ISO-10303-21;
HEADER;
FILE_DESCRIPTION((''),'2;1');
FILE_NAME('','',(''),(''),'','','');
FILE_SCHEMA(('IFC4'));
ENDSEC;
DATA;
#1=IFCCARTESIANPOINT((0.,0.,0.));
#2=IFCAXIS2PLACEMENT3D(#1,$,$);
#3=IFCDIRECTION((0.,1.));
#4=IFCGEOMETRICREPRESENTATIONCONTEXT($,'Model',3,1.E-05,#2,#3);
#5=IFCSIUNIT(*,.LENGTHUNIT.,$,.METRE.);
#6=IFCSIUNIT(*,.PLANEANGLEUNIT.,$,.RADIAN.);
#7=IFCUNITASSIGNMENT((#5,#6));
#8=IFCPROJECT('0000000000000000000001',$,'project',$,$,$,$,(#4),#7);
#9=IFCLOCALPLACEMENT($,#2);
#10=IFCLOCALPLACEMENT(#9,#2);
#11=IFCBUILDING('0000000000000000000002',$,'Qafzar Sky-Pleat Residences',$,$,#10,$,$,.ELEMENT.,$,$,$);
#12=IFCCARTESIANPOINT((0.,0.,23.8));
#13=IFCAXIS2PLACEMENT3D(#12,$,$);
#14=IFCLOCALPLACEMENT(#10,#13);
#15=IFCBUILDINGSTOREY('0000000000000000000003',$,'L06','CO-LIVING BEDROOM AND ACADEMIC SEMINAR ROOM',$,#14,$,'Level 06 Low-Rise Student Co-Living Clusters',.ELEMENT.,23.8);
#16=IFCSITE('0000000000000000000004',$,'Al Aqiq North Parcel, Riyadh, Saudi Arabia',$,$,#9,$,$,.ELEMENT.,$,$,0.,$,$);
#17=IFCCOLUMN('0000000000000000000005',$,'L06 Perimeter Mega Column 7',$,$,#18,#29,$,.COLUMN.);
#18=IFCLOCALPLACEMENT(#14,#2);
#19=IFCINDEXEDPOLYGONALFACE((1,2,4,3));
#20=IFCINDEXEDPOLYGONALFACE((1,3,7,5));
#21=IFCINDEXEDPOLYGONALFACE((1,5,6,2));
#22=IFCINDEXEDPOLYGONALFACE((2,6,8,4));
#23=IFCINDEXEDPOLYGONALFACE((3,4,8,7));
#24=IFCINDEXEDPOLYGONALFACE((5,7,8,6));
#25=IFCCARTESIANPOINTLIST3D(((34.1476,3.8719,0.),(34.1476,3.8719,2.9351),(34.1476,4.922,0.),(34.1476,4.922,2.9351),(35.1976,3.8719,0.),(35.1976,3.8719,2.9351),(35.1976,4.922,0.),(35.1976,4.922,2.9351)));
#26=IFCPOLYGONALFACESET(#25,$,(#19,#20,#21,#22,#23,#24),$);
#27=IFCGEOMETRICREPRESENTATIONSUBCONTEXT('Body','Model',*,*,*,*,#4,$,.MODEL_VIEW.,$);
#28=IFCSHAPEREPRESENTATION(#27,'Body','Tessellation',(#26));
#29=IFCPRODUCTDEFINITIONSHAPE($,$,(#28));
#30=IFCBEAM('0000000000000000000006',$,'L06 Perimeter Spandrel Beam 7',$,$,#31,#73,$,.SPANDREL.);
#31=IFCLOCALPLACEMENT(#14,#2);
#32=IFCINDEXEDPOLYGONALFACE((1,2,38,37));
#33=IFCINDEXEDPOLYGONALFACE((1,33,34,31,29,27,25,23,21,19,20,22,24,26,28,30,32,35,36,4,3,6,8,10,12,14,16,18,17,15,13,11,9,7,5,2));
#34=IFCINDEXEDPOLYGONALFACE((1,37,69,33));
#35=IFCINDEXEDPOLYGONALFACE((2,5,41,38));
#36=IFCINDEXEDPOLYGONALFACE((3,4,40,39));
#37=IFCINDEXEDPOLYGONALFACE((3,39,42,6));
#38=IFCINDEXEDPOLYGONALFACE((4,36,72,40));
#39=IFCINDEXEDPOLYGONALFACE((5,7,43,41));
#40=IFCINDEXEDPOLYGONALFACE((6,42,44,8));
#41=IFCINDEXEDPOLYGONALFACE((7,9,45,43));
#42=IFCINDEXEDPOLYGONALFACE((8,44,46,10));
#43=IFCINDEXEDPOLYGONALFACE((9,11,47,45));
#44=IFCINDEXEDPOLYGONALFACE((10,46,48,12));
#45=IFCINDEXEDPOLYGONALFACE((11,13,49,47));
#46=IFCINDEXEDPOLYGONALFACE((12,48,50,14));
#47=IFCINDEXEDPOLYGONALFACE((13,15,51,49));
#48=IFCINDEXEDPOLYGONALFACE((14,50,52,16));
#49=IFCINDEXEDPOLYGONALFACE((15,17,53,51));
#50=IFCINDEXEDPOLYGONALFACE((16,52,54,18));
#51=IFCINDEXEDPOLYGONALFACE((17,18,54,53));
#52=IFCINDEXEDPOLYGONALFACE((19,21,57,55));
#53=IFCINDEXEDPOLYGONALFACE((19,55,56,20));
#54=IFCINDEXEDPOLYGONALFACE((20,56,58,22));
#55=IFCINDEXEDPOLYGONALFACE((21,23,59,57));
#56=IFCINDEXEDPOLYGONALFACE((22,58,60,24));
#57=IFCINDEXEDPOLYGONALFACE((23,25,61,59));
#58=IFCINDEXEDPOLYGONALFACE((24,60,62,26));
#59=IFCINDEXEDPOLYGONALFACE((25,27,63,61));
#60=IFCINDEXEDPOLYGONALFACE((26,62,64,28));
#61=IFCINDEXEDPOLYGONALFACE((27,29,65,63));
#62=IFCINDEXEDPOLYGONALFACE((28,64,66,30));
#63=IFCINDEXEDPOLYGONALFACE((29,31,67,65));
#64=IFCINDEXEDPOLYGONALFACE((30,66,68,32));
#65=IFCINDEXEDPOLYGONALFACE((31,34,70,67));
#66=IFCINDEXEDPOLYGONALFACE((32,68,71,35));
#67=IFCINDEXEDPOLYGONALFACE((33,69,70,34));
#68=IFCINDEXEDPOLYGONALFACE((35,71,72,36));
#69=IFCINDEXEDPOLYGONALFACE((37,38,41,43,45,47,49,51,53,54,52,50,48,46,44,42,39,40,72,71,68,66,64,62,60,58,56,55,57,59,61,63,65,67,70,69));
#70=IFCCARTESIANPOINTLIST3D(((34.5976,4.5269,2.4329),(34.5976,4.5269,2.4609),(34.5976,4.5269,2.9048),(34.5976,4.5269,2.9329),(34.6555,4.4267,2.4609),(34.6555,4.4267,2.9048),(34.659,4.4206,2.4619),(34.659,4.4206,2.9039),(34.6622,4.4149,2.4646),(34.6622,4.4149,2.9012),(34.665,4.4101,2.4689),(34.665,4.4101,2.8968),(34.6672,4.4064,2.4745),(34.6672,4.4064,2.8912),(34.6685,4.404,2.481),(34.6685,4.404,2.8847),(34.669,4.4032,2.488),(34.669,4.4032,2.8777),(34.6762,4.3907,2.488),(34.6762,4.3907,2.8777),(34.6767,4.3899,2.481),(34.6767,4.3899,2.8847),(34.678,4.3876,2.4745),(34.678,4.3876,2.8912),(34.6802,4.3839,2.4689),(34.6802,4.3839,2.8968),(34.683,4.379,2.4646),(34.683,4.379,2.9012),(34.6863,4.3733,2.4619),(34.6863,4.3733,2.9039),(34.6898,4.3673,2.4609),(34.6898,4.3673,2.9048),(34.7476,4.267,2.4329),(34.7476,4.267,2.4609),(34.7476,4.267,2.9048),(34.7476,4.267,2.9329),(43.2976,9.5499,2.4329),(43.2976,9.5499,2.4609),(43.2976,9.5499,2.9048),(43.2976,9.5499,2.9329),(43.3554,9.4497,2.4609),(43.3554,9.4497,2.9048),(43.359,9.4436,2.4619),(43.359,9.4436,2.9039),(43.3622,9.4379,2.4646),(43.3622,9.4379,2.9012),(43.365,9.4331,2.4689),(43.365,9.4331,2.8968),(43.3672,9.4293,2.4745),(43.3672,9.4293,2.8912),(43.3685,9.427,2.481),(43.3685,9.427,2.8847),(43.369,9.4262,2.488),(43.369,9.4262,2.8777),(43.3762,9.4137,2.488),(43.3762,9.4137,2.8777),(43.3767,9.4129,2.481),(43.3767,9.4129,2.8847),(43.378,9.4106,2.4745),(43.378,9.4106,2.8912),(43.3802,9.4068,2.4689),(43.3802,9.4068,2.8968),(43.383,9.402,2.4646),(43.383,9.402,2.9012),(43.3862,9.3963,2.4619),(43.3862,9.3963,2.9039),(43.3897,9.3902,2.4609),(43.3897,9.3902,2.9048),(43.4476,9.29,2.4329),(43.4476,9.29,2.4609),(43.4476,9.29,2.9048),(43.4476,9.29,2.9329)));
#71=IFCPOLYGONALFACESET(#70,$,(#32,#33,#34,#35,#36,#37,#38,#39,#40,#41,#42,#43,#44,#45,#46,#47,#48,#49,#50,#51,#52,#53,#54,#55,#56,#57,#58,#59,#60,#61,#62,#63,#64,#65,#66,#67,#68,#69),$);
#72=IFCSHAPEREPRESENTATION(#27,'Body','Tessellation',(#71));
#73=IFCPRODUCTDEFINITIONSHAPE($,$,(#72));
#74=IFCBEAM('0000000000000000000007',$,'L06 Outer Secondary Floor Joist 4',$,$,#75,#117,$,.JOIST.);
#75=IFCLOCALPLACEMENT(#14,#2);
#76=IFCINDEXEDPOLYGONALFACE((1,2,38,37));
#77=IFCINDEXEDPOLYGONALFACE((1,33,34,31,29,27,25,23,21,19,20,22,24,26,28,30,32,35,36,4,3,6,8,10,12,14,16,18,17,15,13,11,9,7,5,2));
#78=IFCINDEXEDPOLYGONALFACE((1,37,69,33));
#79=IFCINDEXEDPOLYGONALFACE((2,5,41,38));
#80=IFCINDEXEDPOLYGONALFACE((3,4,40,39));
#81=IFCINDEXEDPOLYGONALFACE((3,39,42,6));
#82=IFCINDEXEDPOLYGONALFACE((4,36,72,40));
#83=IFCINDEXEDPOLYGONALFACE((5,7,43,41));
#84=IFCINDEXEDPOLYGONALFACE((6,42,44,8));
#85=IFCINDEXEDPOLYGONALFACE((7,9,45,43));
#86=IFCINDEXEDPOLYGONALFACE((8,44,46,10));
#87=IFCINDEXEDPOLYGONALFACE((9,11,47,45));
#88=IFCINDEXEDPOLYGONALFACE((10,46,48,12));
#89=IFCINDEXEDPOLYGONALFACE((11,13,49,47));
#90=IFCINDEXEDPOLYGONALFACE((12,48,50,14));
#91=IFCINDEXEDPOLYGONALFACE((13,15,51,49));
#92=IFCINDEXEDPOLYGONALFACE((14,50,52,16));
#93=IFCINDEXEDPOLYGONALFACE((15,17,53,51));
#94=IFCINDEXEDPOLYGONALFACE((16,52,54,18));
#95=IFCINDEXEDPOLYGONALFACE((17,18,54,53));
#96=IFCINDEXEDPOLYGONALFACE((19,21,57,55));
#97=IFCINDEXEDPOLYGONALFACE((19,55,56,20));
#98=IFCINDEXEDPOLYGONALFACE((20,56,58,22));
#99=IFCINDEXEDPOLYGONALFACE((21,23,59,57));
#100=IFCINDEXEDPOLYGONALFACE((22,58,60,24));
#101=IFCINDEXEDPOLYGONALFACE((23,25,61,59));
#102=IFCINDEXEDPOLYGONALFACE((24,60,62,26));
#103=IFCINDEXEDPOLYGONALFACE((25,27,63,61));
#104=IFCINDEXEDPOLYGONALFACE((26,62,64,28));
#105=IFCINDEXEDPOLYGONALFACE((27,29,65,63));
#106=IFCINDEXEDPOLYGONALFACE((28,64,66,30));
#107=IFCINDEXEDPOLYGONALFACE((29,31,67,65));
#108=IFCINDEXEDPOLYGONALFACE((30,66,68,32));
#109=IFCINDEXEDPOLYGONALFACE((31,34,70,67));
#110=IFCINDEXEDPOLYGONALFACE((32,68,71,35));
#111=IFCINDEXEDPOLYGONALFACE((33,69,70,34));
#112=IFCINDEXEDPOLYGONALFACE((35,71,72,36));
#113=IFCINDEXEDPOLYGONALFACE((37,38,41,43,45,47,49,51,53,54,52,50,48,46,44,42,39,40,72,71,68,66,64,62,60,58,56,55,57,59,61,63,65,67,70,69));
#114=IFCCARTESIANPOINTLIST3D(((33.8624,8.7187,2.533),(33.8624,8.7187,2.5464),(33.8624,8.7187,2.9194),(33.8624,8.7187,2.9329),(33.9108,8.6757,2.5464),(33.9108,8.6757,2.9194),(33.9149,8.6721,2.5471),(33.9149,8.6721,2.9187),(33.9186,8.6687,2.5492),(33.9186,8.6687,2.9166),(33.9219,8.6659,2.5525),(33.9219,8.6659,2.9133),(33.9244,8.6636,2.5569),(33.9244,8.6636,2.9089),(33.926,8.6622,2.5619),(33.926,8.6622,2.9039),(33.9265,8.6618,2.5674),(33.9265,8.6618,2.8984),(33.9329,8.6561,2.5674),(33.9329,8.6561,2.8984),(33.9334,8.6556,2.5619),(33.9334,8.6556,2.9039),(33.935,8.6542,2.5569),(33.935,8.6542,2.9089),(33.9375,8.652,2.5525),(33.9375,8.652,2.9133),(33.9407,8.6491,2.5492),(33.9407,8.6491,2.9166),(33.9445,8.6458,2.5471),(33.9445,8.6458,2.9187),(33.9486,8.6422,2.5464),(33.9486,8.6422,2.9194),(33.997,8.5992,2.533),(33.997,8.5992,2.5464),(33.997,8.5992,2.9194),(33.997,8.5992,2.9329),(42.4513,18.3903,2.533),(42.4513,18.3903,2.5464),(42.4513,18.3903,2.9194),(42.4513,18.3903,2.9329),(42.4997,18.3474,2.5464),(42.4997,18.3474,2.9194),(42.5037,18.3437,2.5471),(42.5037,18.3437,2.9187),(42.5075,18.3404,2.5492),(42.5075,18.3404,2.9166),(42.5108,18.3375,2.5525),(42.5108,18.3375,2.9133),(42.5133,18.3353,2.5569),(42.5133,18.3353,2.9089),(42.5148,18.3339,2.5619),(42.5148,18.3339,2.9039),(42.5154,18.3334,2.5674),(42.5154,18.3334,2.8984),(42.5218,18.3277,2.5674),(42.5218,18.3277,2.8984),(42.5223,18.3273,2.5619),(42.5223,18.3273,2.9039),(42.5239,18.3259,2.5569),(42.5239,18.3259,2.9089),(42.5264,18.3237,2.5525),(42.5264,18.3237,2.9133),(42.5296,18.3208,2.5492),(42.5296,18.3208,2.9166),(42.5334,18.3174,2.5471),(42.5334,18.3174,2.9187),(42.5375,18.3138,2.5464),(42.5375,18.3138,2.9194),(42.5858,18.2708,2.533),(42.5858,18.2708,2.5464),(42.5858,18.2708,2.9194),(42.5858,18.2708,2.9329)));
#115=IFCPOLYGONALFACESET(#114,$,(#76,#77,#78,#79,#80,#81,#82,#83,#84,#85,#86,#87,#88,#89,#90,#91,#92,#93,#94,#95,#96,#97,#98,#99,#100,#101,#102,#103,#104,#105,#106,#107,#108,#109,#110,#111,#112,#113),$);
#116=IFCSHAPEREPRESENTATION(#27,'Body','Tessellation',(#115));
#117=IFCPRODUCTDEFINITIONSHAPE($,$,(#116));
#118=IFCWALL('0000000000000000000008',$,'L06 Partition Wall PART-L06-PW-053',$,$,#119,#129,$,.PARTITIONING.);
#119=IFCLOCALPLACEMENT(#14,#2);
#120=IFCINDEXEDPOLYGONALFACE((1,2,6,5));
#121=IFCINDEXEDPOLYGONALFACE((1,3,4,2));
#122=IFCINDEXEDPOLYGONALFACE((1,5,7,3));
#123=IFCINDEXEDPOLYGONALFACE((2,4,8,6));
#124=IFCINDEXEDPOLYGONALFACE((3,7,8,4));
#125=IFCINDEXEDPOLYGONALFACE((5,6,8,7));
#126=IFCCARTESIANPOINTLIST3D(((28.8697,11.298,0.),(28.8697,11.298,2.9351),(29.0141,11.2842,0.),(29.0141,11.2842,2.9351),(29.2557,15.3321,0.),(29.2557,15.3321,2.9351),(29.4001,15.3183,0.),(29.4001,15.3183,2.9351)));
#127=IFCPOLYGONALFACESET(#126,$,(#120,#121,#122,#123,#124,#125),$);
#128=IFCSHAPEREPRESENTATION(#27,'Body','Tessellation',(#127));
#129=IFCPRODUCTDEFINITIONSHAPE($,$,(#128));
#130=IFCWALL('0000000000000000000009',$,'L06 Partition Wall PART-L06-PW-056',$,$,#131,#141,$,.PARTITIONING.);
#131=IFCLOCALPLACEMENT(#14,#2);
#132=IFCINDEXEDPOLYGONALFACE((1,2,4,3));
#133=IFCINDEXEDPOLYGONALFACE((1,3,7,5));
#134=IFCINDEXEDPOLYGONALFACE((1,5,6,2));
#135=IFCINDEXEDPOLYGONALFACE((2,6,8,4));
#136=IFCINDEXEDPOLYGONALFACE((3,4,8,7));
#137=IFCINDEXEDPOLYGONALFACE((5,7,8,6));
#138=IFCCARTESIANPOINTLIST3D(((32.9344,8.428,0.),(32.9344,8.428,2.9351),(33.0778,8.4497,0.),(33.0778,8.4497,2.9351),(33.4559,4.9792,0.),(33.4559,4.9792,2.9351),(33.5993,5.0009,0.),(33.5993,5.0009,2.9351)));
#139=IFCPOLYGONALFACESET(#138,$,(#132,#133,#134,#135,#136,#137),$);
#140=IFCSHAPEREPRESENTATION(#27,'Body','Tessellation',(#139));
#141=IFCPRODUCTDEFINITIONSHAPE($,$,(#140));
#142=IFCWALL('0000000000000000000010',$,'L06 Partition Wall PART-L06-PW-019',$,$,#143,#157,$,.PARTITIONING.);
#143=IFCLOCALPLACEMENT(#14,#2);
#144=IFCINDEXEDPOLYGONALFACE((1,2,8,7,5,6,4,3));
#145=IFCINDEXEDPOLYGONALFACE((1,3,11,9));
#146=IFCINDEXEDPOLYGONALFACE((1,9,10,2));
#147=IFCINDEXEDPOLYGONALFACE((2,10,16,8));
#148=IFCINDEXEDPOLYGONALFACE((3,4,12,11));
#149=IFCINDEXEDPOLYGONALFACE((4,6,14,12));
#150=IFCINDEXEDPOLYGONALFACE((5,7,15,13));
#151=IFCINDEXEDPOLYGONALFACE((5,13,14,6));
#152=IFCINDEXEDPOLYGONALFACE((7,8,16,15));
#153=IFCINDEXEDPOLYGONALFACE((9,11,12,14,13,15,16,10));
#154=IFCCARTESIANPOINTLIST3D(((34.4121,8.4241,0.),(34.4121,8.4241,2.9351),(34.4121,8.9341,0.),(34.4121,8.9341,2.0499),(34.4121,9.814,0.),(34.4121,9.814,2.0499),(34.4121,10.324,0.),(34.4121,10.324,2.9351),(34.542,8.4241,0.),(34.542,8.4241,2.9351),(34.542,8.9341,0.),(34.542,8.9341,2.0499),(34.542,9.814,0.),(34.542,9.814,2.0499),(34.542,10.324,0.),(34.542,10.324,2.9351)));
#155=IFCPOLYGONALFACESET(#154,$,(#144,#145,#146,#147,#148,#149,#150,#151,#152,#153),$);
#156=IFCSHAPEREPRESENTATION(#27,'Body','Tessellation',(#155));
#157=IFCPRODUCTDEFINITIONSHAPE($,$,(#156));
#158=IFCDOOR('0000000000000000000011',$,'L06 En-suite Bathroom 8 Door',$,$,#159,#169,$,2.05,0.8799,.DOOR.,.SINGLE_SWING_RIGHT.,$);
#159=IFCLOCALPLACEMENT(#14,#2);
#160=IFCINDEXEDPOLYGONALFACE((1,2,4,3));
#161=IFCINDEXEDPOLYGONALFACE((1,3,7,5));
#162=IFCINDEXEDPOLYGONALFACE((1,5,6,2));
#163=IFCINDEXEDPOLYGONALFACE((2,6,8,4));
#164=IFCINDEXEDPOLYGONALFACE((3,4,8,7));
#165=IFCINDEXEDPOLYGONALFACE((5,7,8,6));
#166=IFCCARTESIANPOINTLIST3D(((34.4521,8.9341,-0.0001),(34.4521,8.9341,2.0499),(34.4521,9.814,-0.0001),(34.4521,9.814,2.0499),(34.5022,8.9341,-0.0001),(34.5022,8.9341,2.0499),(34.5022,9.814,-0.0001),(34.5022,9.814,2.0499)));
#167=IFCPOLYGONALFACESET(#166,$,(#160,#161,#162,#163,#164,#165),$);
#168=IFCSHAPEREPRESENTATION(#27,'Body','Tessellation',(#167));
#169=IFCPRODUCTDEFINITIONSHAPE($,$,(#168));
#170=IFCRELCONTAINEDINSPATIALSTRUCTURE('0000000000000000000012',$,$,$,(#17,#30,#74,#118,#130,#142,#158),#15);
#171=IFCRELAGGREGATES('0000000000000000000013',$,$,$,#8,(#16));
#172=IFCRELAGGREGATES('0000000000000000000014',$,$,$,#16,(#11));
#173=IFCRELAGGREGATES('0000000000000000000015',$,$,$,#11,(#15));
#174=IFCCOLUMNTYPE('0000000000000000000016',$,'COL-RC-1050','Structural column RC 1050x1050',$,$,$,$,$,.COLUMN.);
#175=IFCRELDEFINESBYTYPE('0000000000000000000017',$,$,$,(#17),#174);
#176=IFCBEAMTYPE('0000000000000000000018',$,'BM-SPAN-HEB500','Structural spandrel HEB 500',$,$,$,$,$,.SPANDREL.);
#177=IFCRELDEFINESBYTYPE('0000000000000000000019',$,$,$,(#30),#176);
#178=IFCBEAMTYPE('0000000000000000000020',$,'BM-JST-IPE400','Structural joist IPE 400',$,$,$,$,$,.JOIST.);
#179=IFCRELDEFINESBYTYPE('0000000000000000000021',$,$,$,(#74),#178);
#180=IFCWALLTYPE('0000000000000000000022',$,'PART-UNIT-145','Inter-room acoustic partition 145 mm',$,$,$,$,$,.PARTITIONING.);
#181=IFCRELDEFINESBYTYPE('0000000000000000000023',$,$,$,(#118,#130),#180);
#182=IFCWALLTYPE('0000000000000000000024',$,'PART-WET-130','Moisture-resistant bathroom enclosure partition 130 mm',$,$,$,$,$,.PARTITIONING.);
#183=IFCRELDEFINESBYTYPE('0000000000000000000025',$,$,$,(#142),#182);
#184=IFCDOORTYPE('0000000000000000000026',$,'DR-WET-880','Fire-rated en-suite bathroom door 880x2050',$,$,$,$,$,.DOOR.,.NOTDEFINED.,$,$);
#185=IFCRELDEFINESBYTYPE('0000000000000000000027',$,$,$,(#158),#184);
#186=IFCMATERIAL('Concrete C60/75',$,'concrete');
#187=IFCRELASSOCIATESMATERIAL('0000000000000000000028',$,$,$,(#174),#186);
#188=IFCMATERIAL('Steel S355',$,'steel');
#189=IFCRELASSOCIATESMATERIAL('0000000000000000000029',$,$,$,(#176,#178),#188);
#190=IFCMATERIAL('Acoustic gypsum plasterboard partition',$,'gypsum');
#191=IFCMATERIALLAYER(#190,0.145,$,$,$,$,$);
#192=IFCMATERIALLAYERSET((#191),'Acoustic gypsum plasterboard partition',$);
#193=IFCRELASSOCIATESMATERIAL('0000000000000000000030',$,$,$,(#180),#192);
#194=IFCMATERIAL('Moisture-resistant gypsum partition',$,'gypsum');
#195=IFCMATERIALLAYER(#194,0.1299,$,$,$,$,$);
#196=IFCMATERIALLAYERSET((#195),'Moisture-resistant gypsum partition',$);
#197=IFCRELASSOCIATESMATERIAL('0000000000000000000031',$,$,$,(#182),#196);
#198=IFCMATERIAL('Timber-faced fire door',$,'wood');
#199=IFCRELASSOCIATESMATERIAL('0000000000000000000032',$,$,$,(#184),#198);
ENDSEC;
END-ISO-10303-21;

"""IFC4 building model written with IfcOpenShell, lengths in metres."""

from ifc_helpers import new_model, si_unit, direction, frame, frame_2d, origin, origin_2d, place, context, subcontext, project, spatial, rectangle, i_section, extrude, source, transform, mapped, material, layer, layer_set, material_profile, profile_set, type_object, element, fill, save


model = new_model("IFC4")

# Units and contexts
model_context = context("Model", 3, precision=1e-05, world=origin(), true_north=direction((0.0, 1.0)))
body_context = subcontext(model_context, "Body", "Model", "MODEL_VIEW")
ifc_project = project(units=[si_unit("LENGTHUNIT", "METRE"), si_unit("PLANEANGLEUNIT", "RADIAN")], contexts=[model_context])

# Site, building, storey
site_placement = place(None, origin())
site = spatial("IfcSite", under=ifc_project, at=site_placement, Name="Al Aqiq North Parcel, Riyadh, Saudi Arabia", CompositionType="ELEMENT", RefElevation=0.0)
building_placement = place(site_placement, origin())
building = spatial("IfcBuilding", under=site, at=building_placement, Name="Qafzar Sky-Pleat Residences", CompositionType="ELEMENT")
storey_placement = place(building_placement, frame((0.0, 0.0, 23.8)))
storey = spatial("IfcBuildingStorey", under=building, at=storey_placement, Name="L06", Description="CO-LIVING BEDROOM AND ACADEMIC SEMINAR ROOM", LongName="Level 06 Low-Rise Student Co-Living Clusters", CompositionType="ELEMENT", Elevation=23.8)

# Column
ifc_material_1 = material(Name="Concrete C60/75", Category="concrete")
ifc_material_profile_1 = material_profile(ifc_material_1, rectangle(XDim=1.05, YDim=1.05, at=origin_2d()), Name="RC 1050x1050")
ifc_profile_set_1 = profile_set([ifc_material_profile_1], Name="Concrete C60/75")
column_type = type_object("IfcColumnType", Name="COL-RC-1050", Description="Structural column RC 1050x1050", PredefinedType="COLUMN", material=ifc_profile_set_1)
shared_shape_1 = source(origin(), body_context, "Body", "SweptSolid", [
    extrude(rectangle(XDim=1.05, YDim=1.05, at=origin_2d()), origin(), (0.0, 0.0, 1.0), 2.9351),
])
column_placement = place(storey_placement, frame((34.6726, 4.397, 0.0), z_axis=(0.0, 0.0, 1.0), x_axis=(1.0, 0.0, 0.0)))
element("IfcColumn", 1, at=column_placement, inside=storey, type_object=column_type, Name="L06 Perimeter Mega Column 7", PredefinedType="COLUMN", context=body_context, shape_type="MappedRepresentation", body=[
    mapped(shared_shape_1, transform((0.0, 0.0, 0.0), x_axis=(1.0, 0.0, 0.0), y_axis=(0.0, 1.0, 0.0), z_axis=(0.0, 0.0, 1.0), scale=1.0)),
])

# Beams
ifc_material_2 = material(Name="Steel S355", Category="steel")
ifc_material_profile_2 = material_profile(ifc_material_2, i_section(OverallWidth=0.3, OverallDepth=0.5, WebThickness=0.0144, FlangeThickness=0.0281, FilletRadius=0.0271, at=origin_2d()), Name="HEB 500")
ifc_profile_set_2 = profile_set([ifc_material_profile_2], Name="Steel S355")
beam_type_1 = type_object("IfcBeamType", Name="BM-SPAN-HEB500", Description="Structural spandrel HEB 500", PredefinedType="SPANDREL", material=ifc_profile_set_2)
shared_shape_2 = source(origin(), body_context, "Body", "SweptSolid", [
    extrude(i_section(OverallWidth=0.3, OverallDepth=0.5, WebThickness=0.0144, FlangeThickness=0.0281, FilletRadius=0.0271, at=origin_2d()), origin(), (0.0, 0.0, 1.0), 10.0459),
])
beam_1_placement = place(storey_placement, frame((34.6726, 4.397, 2.6829), z_axis=(0.866024, 0.500002, 0.0), x_axis=(-0.500002, 0.866024, 0.0)))
element("IfcBeam", 2, at=beam_1_placement, inside=storey, type_object=beam_type_1, Name="L06 Perimeter Spandrel Beam 7", PredefinedType="SPANDREL", context=body_context, shape_type="MappedRepresentation", body=[
    mapped(shared_shape_2, transform((0.0, 0.0, 0.0), x_axis=(1.0, 0.0, 0.0), y_axis=(0.0, 1.0, 0.0), z_axis=(0.0, 0.0, 1.0), scale=1.0)),
])
ifc_material_profile_3 = material_profile(ifc_material_2, i_section(OverallWidth=0.1799, OverallDepth=0.3999, WebThickness=0.0085, FlangeThickness=0.0134, FilletRadius=0.021, at=origin_2d()), Name="IPE 400")
ifc_profile_set_3 = profile_set([ifc_material_profile_3], Name="Steel S355")
beam_type_2 = type_object("IfcBeamType", Name="BM-JST-IPE400", Description="Structural joist IPE 400", PredefinedType="JOIST", material=ifc_profile_set_3)
shared_shape_3 = source(origin(), body_context, "Body", "SweptSolid", [
    extrude(i_section(OverallWidth=0.1799, OverallDepth=0.3999, WebThickness=0.0085, FlangeThickness=0.0134, FilletRadius=0.021, at=origin_2d()), origin(), (0.0, 0.0, 1.0), 12.9348),
])
beam_2_placement = place(storey_placement, frame((33.9297, 8.6589, 2.7329), z_axis=(0.664012, 0.747722, 0.0), x_axis=(-0.747722, 0.664012, 0.0)))
element("IfcBeam", 3, at=beam_2_placement, inside=storey, type_object=beam_type_2, Name="L06 Outer Secondary Floor Joist 4", PredefinedType="JOIST", context=body_context, shape_type="MappedRepresentation", body=[
    mapped(shared_shape_3, transform((0.0, 0.0, 0.0), x_axis=(1.0, 0.0, 0.0), y_axis=(0.0, 1.0, 0.0), z_axis=(0.0, 0.0, 1.0), scale=1.0)),
])

# Walls
ifc_material_3 = material(Name="Acoustic gypsum plasterboard partition", Category="gypsum")
ifc_layer_1 = layer(ifc_material_3, 0.145)
ifc_layer_set_1 = layer_set([ifc_layer_1], Name="Acoustic gypsum plasterboard partition")
wall_type_1 = type_object("IfcWallType", Name="PART-UNIT-145", Description="Inter-room acoustic partition 145 mm", PredefinedType="PARTITIONING", material=ifc_layer_set_1)
wall_1_placement = place(storey_placement, frame((28.9419, 11.291, 0.0), z_axis=(0.0, 0.0, 1.0), x_axis=(0.095244, 0.995454, 0.0)))
element("IfcWall", 4, at=wall_1_placement, inside=storey, type_object=wall_type_1, Name="L06 Partition Wall PART-L06-PW-053", PredefinedType="PARTITIONING", context=body_context, shape_type="SweptSolid", body=[
    extrude(rectangle(XDim=4.0525, YDim=0.145, at=frame_2d((2.0264, 0.0))), origin(), (0.0, 0.0, 1.0), 2.9351),
])
wall_2_placement = place(storey_placement, frame((33.0061, 8.439, 0.0), z_axis=(0.0, 0.0, 1.0), x_axis=(0.149511, -0.98876, 0.0)))
element("IfcWall", 5, at=wall_2_placement, inside=storey, type_object=wall_type_1, Name="L06 Partition Wall PART-L06-PW-056", PredefinedType="PARTITIONING", context=body_context, shape_type="SweptSolid", body=[
    extrude(rectangle(XDim=3.488, YDim=0.145, at=frame_2d((1.7441, 0.0))), origin(), (0.0, 0.0, 1.0), 2.9351),
])

# Wall, opening, door
ifc_material_4 = material(Name="Moisture-resistant gypsum partition", Category="gypsum")
ifc_layer_2 = layer(ifc_material_4, 0.1299)
ifc_layer_set_2 = layer_set([ifc_layer_2], Name="Moisture-resistant gypsum partition")
wall_type_2 = type_object("IfcWallType", Name="PART-WET-130", Description="Moisture-resistant bathroom enclosure partition 130 mm", PredefinedType="PARTITIONING", material=ifc_layer_set_2)
wall_3_placement = place(storey_placement, frame((34.4771, 8.4241, 0.0), z_axis=(0.0, 0.0, 1.0), x_axis=(0.0, 1.0, 0.0)))
wall_3 = element("IfcWall", 6, at=wall_3_placement, inside=storey, type_object=wall_type_2, Name="L06 Partition Wall PART-L06-PW-019", PredefinedType="PARTITIONING", context=body_context, shape_type="SweptSolid", body=[
    extrude(rectangle(XDim=1.8999, YDim=0.1299, at=frame_2d((0.95, 0.0))), origin(), (0.0, 0.0, 1.0), 2.9351),
])
opening_1_placement = place(wall_3_placement, frame((0.51, 0.0, 0.0)))
opening_1 = element("IfcOpeningElement", 7, at=opening_1_placement, cuts=wall_3, PredefinedType="OPENING", context=body_context, shape_type="SweptSolid", body=[
    extrude(rectangle(XDim=0.8799, YDim=2.05, at=frame_2d((0.4399, 1.0249))), frame((0.0, 0.075, 0.0), z_axis=(0.0, -1.0, 0.0), x_axis=(1.0, 0.0, 0.0)), (0.0, 0.0, 1.0), 0.1499),
])
ifc_material_5 = material(Name="Timber-faced fire door", Category="wood")
door_type = type_object("IfcDoorType", Name="DR-WET-880", Description="Fire-rated en-suite bathroom door 880x2050", OperationType="NOTDEFINED", PredefinedType="DOOR", material=ifc_material_5)
shared_shape_4 = source(origin(), body_context, "Body", "SweptSolid", [
    extrude(rectangle(XDim=0.8799, YDim=2.05, at=frame_2d((0.4399, 1.0249))), frame((0.0, 0.0249, 0.0), z_axis=(0.0, -1.0, 0.0), x_axis=(1.0, 0.0, 0.0)), (0.0, 0.0, 1.0), 0.05),
])
door_1_placement = place(opening_1_placement, origin())
door_1 = element("IfcDoor", 8, at=door_1_placement, inside=storey, type_object=door_type, Name="L06 En-suite Bathroom 8 Door", OperationType="SINGLE_SWING_RIGHT", OverallHeight=2.05, OverallWidth=0.8799, PredefinedType="DOOR", context=body_context, shape_type="MappedRepresentation", body=[
    mapped(shared_shape_4, transform((0.0, 0.0, 0.0), x_axis=(1.0, 0.0, 0.0), y_axis=(0.0, 1.0, 0.0), z_axis=(0.0, 0.0, 1.0), scale=1.0)),
])
fill(opening_1, door_1)

save(model, "model.ifc")
